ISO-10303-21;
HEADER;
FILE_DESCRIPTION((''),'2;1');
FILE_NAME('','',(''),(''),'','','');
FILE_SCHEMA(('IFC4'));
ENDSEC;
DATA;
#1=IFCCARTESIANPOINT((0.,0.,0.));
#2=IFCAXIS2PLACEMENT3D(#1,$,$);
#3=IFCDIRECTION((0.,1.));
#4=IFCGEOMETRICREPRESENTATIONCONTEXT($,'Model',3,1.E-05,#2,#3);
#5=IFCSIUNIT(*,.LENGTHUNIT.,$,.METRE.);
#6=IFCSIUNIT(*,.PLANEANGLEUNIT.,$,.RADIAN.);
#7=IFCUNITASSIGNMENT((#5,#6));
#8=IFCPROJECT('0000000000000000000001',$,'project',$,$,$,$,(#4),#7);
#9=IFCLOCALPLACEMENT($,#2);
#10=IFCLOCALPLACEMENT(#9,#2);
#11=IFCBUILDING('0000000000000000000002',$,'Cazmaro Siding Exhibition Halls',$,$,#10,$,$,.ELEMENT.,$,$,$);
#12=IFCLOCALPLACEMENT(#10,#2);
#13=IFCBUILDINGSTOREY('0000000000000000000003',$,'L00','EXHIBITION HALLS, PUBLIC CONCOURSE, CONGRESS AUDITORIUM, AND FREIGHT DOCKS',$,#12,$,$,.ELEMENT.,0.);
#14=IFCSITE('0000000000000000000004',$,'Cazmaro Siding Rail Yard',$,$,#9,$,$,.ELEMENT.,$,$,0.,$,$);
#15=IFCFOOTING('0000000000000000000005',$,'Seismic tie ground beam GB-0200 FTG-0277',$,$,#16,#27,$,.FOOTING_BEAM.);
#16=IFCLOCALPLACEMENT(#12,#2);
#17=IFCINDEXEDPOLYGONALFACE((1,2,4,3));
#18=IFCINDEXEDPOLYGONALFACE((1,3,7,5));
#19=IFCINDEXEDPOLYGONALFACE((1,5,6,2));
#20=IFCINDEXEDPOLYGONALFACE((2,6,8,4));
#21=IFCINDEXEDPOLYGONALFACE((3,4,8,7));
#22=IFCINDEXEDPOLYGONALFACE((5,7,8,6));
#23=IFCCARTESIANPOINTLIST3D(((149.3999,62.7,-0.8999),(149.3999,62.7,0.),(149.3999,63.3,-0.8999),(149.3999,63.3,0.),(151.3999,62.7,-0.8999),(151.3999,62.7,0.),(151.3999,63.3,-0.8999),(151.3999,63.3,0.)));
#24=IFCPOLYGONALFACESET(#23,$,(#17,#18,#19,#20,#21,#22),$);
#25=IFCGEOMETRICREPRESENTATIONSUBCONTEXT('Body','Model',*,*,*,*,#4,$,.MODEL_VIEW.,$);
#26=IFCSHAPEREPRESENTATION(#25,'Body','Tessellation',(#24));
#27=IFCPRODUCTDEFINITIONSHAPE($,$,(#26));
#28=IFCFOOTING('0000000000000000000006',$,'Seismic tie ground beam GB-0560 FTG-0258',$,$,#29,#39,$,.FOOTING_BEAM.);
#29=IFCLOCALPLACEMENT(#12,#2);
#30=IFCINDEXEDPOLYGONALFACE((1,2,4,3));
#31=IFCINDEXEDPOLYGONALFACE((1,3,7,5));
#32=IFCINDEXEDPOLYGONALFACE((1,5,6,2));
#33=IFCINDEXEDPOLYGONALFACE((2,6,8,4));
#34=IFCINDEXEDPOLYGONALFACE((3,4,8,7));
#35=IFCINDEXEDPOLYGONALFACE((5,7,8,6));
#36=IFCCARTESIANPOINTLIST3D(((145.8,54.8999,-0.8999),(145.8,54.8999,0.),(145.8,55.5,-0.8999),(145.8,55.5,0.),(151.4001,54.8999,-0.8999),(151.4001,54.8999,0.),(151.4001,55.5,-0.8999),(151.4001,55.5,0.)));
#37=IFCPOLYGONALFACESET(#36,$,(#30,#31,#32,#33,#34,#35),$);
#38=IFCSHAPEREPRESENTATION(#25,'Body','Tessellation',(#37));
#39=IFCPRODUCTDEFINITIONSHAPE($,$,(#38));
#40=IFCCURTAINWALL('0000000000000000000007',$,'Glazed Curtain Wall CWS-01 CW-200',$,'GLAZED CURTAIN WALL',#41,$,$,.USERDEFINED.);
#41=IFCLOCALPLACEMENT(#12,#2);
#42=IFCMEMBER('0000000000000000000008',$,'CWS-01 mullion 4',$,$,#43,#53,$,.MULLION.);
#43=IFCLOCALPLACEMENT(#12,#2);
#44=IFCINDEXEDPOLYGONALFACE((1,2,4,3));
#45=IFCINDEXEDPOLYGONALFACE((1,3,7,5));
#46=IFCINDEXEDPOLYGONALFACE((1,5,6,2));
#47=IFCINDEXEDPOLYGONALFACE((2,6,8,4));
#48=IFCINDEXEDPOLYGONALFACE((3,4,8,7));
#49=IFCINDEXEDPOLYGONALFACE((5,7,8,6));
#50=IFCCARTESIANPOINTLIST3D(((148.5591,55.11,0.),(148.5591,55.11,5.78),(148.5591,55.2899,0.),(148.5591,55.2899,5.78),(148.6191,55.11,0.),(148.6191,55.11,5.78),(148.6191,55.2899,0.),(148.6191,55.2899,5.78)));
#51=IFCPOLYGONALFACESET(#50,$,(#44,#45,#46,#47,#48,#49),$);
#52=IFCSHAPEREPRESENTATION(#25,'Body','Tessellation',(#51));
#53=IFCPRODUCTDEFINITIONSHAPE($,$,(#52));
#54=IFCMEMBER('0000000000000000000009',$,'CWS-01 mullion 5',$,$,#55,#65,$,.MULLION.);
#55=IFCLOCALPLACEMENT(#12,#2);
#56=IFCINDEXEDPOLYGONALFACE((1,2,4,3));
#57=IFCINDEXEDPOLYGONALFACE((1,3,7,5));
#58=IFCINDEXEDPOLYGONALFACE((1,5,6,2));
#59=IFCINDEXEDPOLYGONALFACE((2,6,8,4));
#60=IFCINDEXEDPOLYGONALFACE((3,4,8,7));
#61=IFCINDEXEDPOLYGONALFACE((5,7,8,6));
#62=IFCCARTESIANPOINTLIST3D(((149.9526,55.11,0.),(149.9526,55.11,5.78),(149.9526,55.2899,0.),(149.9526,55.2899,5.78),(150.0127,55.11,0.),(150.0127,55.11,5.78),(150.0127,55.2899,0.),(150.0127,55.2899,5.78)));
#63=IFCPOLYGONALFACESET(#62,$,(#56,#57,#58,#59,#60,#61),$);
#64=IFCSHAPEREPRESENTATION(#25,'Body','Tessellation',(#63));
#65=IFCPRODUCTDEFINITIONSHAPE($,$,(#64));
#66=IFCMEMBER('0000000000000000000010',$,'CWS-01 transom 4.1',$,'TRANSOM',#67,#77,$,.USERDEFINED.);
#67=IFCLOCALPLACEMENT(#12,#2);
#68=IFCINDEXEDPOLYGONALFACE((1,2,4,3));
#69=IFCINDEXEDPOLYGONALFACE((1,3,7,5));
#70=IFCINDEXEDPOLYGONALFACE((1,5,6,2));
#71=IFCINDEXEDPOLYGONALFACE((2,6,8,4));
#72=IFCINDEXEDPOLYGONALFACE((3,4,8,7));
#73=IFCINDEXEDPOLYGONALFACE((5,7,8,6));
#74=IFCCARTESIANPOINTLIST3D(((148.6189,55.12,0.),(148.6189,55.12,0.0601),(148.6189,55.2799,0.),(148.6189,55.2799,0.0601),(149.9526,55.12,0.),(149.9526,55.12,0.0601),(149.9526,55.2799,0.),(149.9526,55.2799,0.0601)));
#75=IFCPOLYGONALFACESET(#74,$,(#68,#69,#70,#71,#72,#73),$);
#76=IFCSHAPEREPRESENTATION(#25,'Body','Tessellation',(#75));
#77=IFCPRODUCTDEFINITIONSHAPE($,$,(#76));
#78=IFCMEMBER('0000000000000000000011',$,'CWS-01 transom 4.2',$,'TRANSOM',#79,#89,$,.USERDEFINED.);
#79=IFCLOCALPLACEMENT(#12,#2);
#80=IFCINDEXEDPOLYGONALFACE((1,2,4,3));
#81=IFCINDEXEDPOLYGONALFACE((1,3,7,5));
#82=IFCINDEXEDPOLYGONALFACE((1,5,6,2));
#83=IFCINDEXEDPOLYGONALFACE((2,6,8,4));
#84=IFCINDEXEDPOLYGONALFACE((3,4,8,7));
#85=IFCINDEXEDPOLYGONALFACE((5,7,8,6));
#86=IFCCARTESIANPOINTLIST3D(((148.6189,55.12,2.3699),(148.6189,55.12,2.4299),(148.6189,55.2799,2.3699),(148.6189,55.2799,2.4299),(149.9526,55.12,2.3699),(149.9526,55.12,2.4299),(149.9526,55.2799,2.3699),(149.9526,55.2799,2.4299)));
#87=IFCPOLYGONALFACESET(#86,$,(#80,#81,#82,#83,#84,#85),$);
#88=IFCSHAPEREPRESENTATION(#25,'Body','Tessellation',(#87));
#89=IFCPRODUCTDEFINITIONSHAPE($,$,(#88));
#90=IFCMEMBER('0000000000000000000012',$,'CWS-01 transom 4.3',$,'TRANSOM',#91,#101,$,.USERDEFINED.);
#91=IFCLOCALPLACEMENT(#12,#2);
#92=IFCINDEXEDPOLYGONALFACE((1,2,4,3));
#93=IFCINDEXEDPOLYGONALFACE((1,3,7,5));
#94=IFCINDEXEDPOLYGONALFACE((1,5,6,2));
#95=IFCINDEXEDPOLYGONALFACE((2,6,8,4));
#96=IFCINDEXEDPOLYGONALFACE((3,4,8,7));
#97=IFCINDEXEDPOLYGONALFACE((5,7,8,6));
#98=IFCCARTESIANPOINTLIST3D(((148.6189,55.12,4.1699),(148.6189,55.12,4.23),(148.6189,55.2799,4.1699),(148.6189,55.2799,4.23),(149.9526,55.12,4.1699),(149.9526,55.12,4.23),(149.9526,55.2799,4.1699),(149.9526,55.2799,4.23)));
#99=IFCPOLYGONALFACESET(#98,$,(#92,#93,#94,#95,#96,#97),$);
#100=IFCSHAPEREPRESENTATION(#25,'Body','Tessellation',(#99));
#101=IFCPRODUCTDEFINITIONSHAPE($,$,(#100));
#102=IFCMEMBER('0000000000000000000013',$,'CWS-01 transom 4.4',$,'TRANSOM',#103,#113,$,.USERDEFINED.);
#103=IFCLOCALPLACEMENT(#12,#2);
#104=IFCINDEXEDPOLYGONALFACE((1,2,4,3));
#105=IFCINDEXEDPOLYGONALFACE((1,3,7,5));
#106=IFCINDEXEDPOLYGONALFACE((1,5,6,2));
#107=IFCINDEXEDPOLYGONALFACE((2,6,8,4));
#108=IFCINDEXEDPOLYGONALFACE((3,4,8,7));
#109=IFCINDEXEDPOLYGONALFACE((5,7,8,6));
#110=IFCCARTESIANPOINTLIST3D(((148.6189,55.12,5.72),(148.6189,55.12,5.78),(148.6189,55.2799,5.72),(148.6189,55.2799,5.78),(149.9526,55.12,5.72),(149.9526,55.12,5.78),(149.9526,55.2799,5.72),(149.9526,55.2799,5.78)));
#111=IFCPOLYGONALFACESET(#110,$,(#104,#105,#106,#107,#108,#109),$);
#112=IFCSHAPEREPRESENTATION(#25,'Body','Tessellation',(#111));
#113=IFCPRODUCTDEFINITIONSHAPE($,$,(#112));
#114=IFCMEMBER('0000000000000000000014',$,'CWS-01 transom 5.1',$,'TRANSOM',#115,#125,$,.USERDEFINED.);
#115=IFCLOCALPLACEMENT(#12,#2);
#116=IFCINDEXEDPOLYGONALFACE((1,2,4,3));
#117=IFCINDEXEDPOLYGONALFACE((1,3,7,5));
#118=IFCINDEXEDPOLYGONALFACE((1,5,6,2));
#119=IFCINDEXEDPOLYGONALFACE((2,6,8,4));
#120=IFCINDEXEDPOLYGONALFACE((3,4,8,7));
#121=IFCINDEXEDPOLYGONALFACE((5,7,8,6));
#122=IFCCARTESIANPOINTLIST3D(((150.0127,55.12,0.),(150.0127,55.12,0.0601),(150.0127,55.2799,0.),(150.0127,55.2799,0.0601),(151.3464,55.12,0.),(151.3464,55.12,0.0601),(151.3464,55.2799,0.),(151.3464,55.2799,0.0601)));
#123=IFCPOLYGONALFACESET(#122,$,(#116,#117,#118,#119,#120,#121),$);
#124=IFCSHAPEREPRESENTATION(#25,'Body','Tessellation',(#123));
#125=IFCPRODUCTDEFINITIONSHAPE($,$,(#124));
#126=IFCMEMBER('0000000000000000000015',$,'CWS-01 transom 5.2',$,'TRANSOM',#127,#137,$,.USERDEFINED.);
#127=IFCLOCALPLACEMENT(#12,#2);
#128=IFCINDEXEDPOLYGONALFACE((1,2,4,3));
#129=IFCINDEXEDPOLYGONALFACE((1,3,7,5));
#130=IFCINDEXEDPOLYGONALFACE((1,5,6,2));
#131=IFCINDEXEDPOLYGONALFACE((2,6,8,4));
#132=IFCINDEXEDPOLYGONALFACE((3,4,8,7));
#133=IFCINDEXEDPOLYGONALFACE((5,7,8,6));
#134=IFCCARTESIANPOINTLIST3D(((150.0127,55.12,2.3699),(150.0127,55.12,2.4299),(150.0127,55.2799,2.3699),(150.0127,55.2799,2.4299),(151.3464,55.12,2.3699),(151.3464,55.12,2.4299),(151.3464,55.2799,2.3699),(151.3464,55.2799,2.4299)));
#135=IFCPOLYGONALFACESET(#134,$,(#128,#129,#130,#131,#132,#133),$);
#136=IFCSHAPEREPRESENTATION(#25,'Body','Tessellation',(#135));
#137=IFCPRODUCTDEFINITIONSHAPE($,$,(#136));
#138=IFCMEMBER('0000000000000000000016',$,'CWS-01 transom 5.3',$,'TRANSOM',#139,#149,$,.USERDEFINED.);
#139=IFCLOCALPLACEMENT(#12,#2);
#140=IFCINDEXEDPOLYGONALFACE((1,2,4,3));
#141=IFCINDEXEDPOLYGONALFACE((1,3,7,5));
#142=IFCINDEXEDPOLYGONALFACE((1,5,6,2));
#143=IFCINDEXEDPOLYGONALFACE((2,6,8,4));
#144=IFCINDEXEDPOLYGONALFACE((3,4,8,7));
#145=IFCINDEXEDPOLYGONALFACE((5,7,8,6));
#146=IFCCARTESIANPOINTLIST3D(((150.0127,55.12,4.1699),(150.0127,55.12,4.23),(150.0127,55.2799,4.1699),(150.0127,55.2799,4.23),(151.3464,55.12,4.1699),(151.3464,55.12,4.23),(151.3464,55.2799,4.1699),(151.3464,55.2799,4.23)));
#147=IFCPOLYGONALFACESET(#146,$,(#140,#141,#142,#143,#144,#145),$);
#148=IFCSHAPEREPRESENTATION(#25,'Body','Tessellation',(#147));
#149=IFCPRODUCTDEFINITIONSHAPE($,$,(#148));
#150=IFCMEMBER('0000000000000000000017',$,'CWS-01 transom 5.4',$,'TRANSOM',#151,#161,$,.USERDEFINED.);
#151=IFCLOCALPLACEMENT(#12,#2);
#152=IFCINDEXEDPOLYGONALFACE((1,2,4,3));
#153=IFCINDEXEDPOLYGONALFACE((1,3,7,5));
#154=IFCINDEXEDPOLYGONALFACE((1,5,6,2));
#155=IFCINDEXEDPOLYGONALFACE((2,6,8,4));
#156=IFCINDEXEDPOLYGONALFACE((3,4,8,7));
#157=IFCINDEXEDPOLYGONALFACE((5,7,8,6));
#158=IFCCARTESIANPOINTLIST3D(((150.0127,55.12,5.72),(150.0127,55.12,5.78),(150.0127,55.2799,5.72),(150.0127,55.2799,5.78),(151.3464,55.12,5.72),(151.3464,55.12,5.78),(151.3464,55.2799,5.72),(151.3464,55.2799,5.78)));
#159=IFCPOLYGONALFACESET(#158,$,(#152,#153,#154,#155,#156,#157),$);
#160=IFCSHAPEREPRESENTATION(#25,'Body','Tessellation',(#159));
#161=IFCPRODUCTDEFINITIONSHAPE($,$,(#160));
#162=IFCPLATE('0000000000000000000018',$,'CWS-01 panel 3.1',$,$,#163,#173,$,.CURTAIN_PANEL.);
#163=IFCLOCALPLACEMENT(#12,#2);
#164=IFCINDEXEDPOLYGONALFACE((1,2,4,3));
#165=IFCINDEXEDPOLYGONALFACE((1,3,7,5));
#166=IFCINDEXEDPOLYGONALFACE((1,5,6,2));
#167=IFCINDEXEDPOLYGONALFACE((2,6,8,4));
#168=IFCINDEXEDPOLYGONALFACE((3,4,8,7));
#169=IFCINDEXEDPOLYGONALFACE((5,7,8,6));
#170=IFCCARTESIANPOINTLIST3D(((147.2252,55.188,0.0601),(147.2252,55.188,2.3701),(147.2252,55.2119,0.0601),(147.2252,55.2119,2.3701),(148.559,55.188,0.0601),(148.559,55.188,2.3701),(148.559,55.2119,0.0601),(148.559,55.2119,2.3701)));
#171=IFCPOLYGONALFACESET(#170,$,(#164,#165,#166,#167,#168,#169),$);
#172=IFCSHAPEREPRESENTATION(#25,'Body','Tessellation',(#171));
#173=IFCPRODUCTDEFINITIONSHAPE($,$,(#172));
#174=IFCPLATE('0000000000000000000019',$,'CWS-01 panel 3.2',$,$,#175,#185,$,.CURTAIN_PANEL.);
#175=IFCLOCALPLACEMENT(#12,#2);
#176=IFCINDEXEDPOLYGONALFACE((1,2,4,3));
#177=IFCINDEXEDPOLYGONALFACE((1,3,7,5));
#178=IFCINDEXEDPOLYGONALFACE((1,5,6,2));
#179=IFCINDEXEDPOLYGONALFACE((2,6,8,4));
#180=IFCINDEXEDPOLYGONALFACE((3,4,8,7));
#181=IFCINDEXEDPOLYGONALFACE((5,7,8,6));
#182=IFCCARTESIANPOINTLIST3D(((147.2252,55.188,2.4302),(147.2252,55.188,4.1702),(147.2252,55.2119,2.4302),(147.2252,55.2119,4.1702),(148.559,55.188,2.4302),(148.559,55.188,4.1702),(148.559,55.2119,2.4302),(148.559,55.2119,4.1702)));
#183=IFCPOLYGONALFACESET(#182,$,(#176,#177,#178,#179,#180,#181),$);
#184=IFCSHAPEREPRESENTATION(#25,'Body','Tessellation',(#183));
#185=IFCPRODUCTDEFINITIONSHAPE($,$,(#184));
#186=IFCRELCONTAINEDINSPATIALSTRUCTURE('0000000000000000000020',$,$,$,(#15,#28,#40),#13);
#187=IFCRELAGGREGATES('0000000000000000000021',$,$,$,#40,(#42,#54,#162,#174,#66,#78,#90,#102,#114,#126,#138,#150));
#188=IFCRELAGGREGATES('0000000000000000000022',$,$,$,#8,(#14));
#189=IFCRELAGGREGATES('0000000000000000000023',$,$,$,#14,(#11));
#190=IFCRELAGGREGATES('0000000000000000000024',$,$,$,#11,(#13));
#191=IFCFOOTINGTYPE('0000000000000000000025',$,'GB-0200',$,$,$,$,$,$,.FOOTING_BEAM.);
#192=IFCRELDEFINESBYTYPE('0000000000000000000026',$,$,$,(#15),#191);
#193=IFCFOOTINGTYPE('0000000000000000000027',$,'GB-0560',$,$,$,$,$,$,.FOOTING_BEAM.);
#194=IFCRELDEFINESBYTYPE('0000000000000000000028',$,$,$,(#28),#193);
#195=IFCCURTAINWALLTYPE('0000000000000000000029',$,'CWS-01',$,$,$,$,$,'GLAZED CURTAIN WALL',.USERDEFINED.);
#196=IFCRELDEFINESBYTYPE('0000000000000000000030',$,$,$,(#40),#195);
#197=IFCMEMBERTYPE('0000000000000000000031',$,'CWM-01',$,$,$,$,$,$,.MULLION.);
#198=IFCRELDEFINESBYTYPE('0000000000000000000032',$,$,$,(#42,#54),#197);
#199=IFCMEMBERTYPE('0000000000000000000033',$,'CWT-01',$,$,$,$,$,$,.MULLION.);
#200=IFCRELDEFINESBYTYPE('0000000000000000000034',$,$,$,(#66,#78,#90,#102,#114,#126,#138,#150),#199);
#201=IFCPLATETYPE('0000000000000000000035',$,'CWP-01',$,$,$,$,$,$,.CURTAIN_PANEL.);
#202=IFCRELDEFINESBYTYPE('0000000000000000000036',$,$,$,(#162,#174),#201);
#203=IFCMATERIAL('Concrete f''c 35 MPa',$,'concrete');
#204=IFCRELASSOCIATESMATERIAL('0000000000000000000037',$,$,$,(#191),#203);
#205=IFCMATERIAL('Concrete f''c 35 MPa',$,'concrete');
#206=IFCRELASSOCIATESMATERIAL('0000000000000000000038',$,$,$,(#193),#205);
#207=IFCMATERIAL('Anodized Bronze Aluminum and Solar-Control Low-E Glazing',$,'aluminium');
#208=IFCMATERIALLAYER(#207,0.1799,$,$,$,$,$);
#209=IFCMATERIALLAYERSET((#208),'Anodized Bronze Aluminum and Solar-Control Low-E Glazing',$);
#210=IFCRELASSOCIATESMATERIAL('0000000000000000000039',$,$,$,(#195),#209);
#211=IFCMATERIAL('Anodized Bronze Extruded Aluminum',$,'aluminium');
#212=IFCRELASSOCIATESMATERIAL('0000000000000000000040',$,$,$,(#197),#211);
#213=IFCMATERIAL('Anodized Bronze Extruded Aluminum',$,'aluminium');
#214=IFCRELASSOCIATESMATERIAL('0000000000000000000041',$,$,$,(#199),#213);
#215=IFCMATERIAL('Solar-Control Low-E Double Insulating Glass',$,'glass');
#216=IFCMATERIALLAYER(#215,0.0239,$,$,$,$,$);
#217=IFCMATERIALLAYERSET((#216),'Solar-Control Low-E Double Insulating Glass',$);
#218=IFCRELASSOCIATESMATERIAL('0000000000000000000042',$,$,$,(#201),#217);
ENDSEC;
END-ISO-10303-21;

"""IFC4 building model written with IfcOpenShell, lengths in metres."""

from ifc_helpers import new_model, si_unit, direction, frame, origin, origin_2d, place, context, subcontext, project, spatial, rectangle, extrude, material, layer, layer_set, material_profile, profile_set, type_object, element, aggregate, save


model = new_model("IFC4")

# Units and contexts
model_context = context("Model", 3, precision=1e-05, world=origin(), true_north=direction((0.0, 1.0)))
body_context = subcontext(model_context, "Body", "Model", "MODEL_VIEW")
ifc_project = project(units=[si_unit("LENGTHUNIT", "METRE"), si_unit("PLANEANGLEUNIT", "RADIAN")], contexts=[model_context])

# Site, building, storey
site_placement = place(None, origin())
site = spatial("IfcSite", under=ifc_project, at=site_placement, Name="Cazmaro Siding Rail Yard", CompositionType="ELEMENT", RefElevation=0.0)
building_placement = place(site_placement, origin())
building = spatial("IfcBuilding", under=site, at=building_placement, Name="Cazmaro Siding Exhibition Halls", CompositionType="ELEMENT")
storey_placement = place(building_placement, origin())
storey = spatial("IfcBuildingStorey", under=building, at=storey_placement, Name="L00", Description="EXHIBITION HALLS, PUBLIC CONCOURSE, CONGRESS AUDITORIUM, AND FREIGHT DOCKS", CompositionType="ELEMENT", Elevation=0.0)

# Footings
ifc_material_1 = material(Name="Concrete f'c 35 MPa", Category="concrete")
footing_type_1 = type_object("IfcFootingType", Name="GB-0200", PredefinedType="FOOTING_BEAM", material=ifc_material_1)
footing_1_placement = place(storey_placement, frame((150.3999, 63.0, -0.8999), z_axis=(0.0, 0.0, 1.0), x_axis=(1.0, 0.0, 0.0)))
element("IfcFooting", 1, at=footing_1_placement, inside=storey, type_object=footing_type_1, Name="Seismic tie ground beam GB-0200 FTG-0277", PredefinedType="FOOTING_BEAM", context=body_context, shape_type="SweptSolid", body=[
    extrude(rectangle(XDim=2.0, YDim=0.6001, at=origin_2d()), origin(), (0.0, 0.0, 1.0), 0.8999),
])
ifc_material_2 = material(Name="Concrete f'c 35 MPa", Category="concrete")
footing_type_2 = type_object("IfcFootingType", Name="GB-0560", PredefinedType="FOOTING_BEAM", material=ifc_material_2)
footing_2_placement = place(storey_placement, frame((148.6001, 55.2, -0.8999), z_axis=(0.0, 0.0, 1.0), x_axis=(1.0, 0.0, 0.0)))
element("IfcFooting", 2, at=footing_2_placement, inside=storey, type_object=footing_type_2, Name="Seismic tie ground beam GB-0560 FTG-0258", PredefinedType="FOOTING_BEAM", context=body_context, shape_type="SweptSolid", body=[
    extrude(rectangle(XDim=5.6001, YDim=0.6001, at=origin_2d()), origin(), (0.0, 0.0, 1.0), 0.8999),
])

# Curtain wall, members, plates
ifc_material_3 = material(Name="Anodized Bronze Aluminum and Solar-Control Low-E Glazing", Category="aluminium")
ifc_layer_1 = layer(ifc_material_3, 0.1799)
ifc_layer_set_1 = layer_set([ifc_layer_1], Name="Anodized Bronze Aluminum and Solar-Control Low-E Glazing")
curtain_wall_type = type_object("IfcCurtainWallType", Name="CWS-01", ElementType="GLAZED CURTAIN WALL", PredefinedType="USERDEFINED", material=ifc_layer_set_1)
curtain_wall_placement = place(storey_placement, origin())
curtain_wall = element("IfcCurtainWall", 3, at=curtain_wall_placement, inside=storey, type_object=curtain_wall_type, Name="Glazed Curtain Wall CWS-01 CW-200", ObjectType="GLAZED CURTAIN WALL", PredefinedType="USERDEFINED")
ifc_material_4 = material(Name="Anodized Bronze Extruded Aluminum", Category="aluminium")
ifc_material_profile_1 = material_profile(ifc_material_4, rectangle(XDim=0.1799, YDim=0.0601, at=origin_2d()), Name="CWM-01")
ifc_profile_set_1 = profile_set([ifc_material_profile_1], Name="Anodized Bronze Extruded Aluminum")
member_type_1 = type_object("IfcMemberType", Name="CWM-01", PredefinedType="MULLION", material=ifc_profile_set_1)
member_1_placement = place(storey_placement, frame((148.5891, 55.2, 0.0), z_axis=(0.0, 0.0, 1.0), x_axis=(0.0, 1.0, 0.0)))
member_1 = element("IfcMember", 4, at=member_1_placement, type_object=member_type_1, Name="CWS-01 mullion 4", PredefinedType="MULLION", context=body_context, shape_type="SweptSolid", body=[
    extrude(rectangle(XDim=0.1799, YDim=0.0601, at=origin_2d()), origin(), (0.0, 0.0, 1.0), 5.78),
])
member_2_placement = place(storey_placement, frame((149.9827, 55.2, 0.0), z_axis=(0.0, 0.0, 1.0), x_axis=(0.0, 1.0, 0.0)))
member_2 = element("IfcMember", 5, at=member_2_placement, type_object=member_type_1, Name="CWS-01 mullion 5", PredefinedType="MULLION", context=body_context, shape_type="SweptSolid", body=[
    extrude(rectangle(XDim=0.1799, YDim=0.0601, at=origin_2d()), origin(), (0.0, 0.0, 1.0), 5.78),
])
ifc_material_5 = material(Name="Anodized Bronze Extruded Aluminum", Category="aluminium")
ifc_material_profile_2 = material_profile(ifc_material_5, rectangle(XDim=0.1599, YDim=0.0601, at=origin_2d()), Name="CWT-01")
ifc_profile_set_2 = profile_set([ifc_material_profile_2], Name="Anodized Bronze Extruded Aluminum")
member_type_2 = type_object("IfcMemberType", Name="CWT-01", PredefinedType="MULLION", material=ifc_profile_set_2)
member_3_placement = place(storey_placement, frame((148.6189, 55.2, 0.03), z_axis=(1.0, 0.0, 0.0), x_axis=(0.0, 1.0, 0.0)))
member_3 = element("IfcMember", 6, at=member_3_placement, type_object=member_type_2, Name="CWS-01 transom 4.1", ObjectType="TRANSOM", PredefinedType="USERDEFINED", context=body_context, shape_type="SweptSolid", body=[
    extrude(rectangle(XDim=0.1599, YDim=0.0601, at=origin_2d()), origin(), (0.0, 0.0, 1.0), 1.3337),
])
member_4_placement = place(storey_placement, frame((148.6189, 55.2, 2.3999), z_axis=(1.0, 0.0, 0.0), x_axis=(0.0, 1.0, 0.0)))
member_4 = element("IfcMember", 7, at=member_4_placement, type_object=member_type_2, Name="CWS-01 transom 4.2", ObjectType="TRANSOM", PredefinedType="USERDEFINED", context=body_context, shape_type="SweptSolid", body=[
    extrude(rectangle(XDim=0.1599, YDim=0.0601, at=origin_2d()), origin(), (0.0, 0.0, 1.0), 1.3337),
])
member_5_placement = place(storey_placement, frame((148.6189, 55.2, 4.2), z_axis=(1.0, 0.0, 0.0), x_axis=(0.0, 1.0, 0.0)))
member_5 = element("IfcMember", 8, at=member_5_placement, type_object=member_type_2, Name="CWS-01 transom 4.3", ObjectType="TRANSOM", PredefinedType="USERDEFINED", context=body_context, shape_type="SweptSolid", body=[
    extrude(rectangle(XDim=0.1599, YDim=0.0601, at=origin_2d()), origin(), (0.0, 0.0, 1.0), 1.3337),
])
member_6_placement = place(storey_placement, frame((148.6189, 55.2, 5.75), z_axis=(1.0, 0.0, 0.0), x_axis=(0.0, 1.0, 0.0)))
member_6 = element("IfcMember", 9, at=member_6_placement, type_object=member_type_2, Name="CWS-01 transom 4.4", ObjectType="TRANSOM", PredefinedType="USERDEFINED", context=body_context, shape_type="SweptSolid", body=[
    extrude(rectangle(XDim=0.1599, YDim=0.0601, at=origin_2d()), origin(), (0.0, 0.0, 1.0), 1.3337),
])
member_7_placement = place(storey_placement, frame((150.0127, 55.2, 0.03), z_axis=(1.0, 0.0, 0.0), x_axis=(0.0, 1.0, 0.0)))
member_7 = element("IfcMember", 10, at=member_7_placement, type_object=member_type_2, Name="CWS-01 transom 5.1", ObjectType="TRANSOM", PredefinedType="USERDEFINED", context=body_context, shape_type="SweptSolid", body=[
    extrude(rectangle(XDim=0.1599, YDim=0.0601, at=origin_2d()), origin(), (0.0, 0.0, 1.0), 1.3337),
])
member_8_placement = place(storey_placement, frame((150.0127, 55.2, 2.3999), z_axis=(1.0, 0.0, 0.0), x_axis=(0.0, 1.0, 0.0)))
member_8 = element("IfcMember", 11, at=member_8_placement, type_object=member_type_2, Name="CWS-01 transom 5.2", ObjectType="TRANSOM", PredefinedType="USERDEFINED", context=body_context, shape_type="SweptSolid", body=[
    extrude(rectangle(XDim=0.1599, YDim=0.0601, at=origin_2d()), origin(), (0.0, 0.0, 1.0), 1.3337),
])
member_9_placement = place(storey_placement, frame((150.0127, 55.2, 4.2), z_axis=(1.0, 0.0, 0.0), x_axis=(0.0, 1.0, 0.0)))
member_9 = element("IfcMember", 12, at=member_9_placement, type_object=member_type_2, Name="CWS-01 transom 5.3", ObjectType="TRANSOM", PredefinedType="USERDEFINED", context=body_context, shape_type="SweptSolid", body=[
    extrude(rectangle(XDim=0.1599, YDim=0.0601, at=origin_2d()), origin(), (0.0, 0.0, 1.0), 1.3337),
])
member_10_placement = place(storey_placement, frame((150.0127, 55.2, 5.75), z_axis=(1.0, 0.0, 0.0), x_axis=(0.0, 1.0, 0.0)))
member_10 = element("IfcMember", 13, at=member_10_placement, type_object=member_type_2, Name="CWS-01 transom 5.4", ObjectType="TRANSOM", PredefinedType="USERDEFINED", context=body_context, shape_type="SweptSolid", body=[
    extrude(rectangle(XDim=0.1599, YDim=0.0601, at=origin_2d()), origin(), (0.0, 0.0, 1.0), 1.3337),
])
ifc_material_6 = material(Name="Solar-Control Low-E Double Insulating Glass", Category="glass")
ifc_layer_2 = layer(ifc_material_6, 0.0239)
ifc_layer_set_2 = layer_set([ifc_layer_2], Name="Solar-Control Low-E Double Insulating Glass")
plate_type = type_object("IfcPlateType", Name="CWP-01", PredefinedType="CURTAIN_PANEL", material=ifc_layer_set_2)
plate_1_placement = place(storey_placement, frame((147.8921, 55.2, 0.0601), z_axis=(0.0, 0.0, 1.0), x_axis=(1.0, 0.0, 0.0)))
plate_1 = element("IfcPlate", 14, at=plate_1_placement, type_object=plate_type, Name="CWS-01 panel 3.1", PredefinedType="CURTAIN_PANEL", context=body_context, shape_type="SweptSolid", body=[
    extrude(rectangle(XDim=1.3337, YDim=0.0239, at=origin_2d()), origin(), (0.0, 0.0, 1.0), 2.3101),
])
plate_2_placement = place(storey_placement, frame((147.8921, 55.2, 2.4302), z_axis=(0.0, 0.0, 1.0), x_axis=(1.0, 0.0, 0.0)))
plate_2 = element("IfcPlate", 15, at=plate_2_placement, type_object=plate_type, Name="CWS-01 panel 3.2", PredefinedType="CURTAIN_PANEL", context=body_context, shape_type="SweptSolid", body=[
    extrude(rectangle(XDim=1.3337, YDim=0.0239, at=origin_2d()), origin(), (0.0, 0.0, 1.0), 1.74),
])
aggregate(curtain_wall, [member_1, member_2, plate_1, plate_2, member_3, member_4, member_5, member_6, member_7, member_8, member_9, member_10])

save(model, "model.ifc")
